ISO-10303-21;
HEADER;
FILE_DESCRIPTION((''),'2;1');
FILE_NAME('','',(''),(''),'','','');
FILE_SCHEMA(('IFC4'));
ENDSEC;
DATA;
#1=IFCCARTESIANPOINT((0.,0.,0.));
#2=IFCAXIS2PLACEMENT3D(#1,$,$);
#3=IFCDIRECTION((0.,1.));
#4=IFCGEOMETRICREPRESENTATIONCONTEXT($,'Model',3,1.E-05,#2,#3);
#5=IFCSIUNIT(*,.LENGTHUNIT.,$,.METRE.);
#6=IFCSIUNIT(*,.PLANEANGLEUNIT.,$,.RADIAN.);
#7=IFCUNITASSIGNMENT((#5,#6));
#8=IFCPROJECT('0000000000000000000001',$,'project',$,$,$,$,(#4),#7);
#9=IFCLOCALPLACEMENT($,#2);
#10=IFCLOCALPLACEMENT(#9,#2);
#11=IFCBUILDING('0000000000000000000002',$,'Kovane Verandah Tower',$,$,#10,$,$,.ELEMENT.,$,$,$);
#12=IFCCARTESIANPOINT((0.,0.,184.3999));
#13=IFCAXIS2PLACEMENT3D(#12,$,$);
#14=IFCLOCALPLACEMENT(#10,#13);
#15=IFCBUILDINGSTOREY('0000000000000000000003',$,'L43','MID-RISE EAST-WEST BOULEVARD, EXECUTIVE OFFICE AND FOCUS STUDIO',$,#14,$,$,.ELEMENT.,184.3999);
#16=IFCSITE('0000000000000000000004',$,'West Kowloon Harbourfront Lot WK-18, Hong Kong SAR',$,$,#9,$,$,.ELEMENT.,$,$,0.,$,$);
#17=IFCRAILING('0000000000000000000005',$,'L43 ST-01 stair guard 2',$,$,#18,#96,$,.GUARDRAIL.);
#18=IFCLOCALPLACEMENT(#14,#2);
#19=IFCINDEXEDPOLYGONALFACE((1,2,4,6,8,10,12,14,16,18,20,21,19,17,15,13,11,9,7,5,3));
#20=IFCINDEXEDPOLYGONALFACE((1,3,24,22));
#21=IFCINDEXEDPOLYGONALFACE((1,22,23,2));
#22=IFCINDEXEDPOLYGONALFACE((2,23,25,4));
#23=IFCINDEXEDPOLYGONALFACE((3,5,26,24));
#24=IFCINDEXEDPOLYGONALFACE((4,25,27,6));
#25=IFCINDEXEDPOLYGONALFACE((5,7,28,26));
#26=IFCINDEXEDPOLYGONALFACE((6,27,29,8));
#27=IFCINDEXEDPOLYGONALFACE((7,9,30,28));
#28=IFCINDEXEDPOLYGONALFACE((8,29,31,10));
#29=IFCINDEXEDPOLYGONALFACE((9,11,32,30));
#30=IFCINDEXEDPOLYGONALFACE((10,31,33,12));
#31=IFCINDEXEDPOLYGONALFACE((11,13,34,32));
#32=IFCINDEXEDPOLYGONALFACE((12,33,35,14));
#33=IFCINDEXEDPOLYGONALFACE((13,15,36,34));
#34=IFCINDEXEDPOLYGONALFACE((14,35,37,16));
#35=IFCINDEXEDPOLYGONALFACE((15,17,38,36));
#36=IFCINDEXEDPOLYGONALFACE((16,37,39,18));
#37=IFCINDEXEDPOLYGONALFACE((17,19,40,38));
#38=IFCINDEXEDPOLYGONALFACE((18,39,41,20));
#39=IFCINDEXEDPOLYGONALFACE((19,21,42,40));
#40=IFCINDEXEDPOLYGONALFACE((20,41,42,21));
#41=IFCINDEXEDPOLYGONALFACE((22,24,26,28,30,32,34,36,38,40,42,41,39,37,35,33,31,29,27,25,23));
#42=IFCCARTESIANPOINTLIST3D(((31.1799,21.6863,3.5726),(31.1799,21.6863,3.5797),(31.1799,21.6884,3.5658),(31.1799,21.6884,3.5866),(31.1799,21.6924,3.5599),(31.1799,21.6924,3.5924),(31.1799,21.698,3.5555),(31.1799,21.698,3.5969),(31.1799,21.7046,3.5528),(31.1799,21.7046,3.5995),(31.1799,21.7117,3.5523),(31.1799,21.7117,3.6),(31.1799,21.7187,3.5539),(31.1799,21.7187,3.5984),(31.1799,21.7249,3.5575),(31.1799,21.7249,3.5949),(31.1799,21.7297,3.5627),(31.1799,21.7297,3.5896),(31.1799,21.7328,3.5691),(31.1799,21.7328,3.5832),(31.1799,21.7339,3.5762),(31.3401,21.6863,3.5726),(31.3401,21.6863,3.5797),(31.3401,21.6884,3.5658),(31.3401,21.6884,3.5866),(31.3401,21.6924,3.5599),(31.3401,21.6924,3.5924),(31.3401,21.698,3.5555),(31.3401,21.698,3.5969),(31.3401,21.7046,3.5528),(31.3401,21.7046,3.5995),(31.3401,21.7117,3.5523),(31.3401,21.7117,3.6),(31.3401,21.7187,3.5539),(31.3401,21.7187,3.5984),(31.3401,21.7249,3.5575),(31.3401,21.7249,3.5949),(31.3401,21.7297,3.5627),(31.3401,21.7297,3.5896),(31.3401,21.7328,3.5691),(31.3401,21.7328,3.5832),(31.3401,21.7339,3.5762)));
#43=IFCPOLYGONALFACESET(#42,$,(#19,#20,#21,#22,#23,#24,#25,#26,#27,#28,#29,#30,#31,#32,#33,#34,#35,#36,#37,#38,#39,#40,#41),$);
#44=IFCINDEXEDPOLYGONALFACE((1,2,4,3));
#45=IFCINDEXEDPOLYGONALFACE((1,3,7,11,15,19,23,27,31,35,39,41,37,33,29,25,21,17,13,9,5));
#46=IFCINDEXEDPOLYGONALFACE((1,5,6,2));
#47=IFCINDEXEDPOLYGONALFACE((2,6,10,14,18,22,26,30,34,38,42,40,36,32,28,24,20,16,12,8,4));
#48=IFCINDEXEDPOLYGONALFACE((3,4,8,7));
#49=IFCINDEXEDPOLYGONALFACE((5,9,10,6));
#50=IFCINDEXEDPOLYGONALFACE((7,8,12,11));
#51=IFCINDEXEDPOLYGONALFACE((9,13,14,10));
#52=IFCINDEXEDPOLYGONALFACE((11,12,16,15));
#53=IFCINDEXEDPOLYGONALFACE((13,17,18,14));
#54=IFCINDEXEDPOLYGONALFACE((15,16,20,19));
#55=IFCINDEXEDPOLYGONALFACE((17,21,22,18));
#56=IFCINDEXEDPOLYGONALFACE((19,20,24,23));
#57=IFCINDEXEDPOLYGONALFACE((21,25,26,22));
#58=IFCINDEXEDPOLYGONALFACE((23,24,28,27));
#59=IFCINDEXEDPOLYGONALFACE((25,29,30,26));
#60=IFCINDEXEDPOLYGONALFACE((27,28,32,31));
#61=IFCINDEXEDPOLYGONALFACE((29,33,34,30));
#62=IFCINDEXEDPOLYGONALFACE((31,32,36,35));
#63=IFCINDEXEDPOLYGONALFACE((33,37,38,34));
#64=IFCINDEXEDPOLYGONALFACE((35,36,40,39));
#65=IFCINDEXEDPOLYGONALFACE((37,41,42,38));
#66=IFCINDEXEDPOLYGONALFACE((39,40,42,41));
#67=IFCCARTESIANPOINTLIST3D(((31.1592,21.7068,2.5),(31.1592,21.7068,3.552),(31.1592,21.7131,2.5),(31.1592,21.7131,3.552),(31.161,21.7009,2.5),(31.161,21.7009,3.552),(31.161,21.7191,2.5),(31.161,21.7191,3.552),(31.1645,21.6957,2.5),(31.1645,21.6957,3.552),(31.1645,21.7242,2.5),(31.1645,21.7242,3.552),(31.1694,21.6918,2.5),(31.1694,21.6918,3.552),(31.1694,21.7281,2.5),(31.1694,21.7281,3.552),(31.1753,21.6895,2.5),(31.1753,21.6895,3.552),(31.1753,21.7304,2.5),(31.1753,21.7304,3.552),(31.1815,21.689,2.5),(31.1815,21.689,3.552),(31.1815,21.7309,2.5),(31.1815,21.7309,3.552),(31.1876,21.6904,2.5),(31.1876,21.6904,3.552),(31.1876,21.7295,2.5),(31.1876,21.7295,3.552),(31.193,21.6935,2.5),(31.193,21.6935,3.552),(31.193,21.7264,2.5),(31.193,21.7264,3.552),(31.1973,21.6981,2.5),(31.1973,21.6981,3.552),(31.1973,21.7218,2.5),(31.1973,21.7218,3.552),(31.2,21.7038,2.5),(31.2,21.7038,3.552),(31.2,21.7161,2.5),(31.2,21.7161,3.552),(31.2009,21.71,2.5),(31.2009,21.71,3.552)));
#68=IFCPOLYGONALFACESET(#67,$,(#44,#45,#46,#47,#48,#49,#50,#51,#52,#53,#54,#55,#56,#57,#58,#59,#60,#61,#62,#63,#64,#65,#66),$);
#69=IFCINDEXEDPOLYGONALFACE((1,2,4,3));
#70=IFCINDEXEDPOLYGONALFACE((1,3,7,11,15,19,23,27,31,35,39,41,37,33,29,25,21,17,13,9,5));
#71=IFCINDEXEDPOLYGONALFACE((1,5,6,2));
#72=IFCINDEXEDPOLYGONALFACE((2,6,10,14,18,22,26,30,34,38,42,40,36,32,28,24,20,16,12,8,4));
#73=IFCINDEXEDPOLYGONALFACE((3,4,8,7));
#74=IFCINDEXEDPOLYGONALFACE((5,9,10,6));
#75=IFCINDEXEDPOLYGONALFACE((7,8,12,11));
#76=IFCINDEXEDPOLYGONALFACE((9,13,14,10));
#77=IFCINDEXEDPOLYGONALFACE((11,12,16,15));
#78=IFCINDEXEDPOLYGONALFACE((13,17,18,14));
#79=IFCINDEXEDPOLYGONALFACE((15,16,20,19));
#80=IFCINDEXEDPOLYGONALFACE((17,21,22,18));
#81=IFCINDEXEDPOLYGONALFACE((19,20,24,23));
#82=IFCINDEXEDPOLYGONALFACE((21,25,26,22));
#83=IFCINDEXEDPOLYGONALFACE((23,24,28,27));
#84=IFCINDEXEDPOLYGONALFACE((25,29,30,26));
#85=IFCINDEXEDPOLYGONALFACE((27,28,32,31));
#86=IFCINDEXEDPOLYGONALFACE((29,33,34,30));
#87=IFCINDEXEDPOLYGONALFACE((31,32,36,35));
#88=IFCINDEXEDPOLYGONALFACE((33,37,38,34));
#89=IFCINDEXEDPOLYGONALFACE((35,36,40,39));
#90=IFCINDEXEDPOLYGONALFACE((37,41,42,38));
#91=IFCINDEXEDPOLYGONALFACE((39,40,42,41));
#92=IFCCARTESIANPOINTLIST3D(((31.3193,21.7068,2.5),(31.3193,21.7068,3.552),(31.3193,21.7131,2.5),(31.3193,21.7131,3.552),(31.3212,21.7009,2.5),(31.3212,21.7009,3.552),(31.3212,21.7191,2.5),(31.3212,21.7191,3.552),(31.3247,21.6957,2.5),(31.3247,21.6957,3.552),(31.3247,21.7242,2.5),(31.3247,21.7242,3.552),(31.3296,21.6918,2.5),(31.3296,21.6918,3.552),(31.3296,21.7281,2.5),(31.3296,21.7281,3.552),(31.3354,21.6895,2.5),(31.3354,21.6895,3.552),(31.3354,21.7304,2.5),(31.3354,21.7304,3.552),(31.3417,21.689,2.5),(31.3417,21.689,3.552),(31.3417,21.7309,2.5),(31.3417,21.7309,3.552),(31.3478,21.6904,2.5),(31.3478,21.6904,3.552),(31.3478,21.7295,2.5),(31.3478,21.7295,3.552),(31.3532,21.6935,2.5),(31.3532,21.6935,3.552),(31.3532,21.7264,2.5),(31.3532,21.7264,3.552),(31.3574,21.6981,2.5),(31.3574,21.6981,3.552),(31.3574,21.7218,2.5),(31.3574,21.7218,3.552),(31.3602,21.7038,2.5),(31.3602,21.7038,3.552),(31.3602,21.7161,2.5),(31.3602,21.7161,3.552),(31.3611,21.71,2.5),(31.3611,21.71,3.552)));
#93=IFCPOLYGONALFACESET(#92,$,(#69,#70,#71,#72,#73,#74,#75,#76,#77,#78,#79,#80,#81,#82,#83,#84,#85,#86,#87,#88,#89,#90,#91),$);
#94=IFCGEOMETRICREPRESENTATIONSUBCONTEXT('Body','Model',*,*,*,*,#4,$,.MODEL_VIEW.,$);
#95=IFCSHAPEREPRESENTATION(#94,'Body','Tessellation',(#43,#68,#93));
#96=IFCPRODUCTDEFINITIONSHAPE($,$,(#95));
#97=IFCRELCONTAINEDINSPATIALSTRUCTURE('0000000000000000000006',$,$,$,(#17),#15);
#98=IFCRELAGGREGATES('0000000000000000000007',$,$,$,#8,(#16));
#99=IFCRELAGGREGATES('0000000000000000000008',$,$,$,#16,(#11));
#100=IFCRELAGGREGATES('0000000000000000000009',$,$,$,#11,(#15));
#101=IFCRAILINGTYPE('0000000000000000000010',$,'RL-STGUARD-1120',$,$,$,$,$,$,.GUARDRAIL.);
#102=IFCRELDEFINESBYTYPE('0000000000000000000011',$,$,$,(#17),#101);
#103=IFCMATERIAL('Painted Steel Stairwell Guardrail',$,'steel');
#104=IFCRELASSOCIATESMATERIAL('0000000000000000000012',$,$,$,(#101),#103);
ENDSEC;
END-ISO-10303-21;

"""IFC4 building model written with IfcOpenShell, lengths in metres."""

from ifc_helpers import new_model, si_unit, direction, frame, origin, origin_2d, place, context, subcontext, project, spatial, circle, extrude, material, type_object, element, save


model = new_model("IFC4")

# Units and contexts
model_context = context("Model", 3, precision=1e-05, world=origin(), true_north=direction((0.0, 1.0)))
body_context = subcontext(model_context, "Body", "Model", "MODEL_VIEW")
ifc_project = project(units=[si_unit("LENGTHUNIT", "METRE"), si_unit("PLANEANGLEUNIT", "RADIAN")], contexts=[model_context])

# Site, building, storey
site_placement = place(None, origin())
site = spatial("IfcSite", under=ifc_project, at=site_placement, Name="West Kowloon Harbourfront Lot WK-18, Hong Kong SAR", CompositionType="ELEMENT", RefElevation=0.0)
building_placement = place(site_placement, origin())
building = spatial("IfcBuilding", under=site, at=building_placement, Name="Kovane Verandah Tower", CompositionType="ELEMENT")
storey_placement = place(building_placement, frame((0.0, 0.0, 184.3999)))
storey = spatial("IfcBuildingStorey", under=building, at=storey_placement, Name="L43", Description="MID-RISE EAST-WEST BOULEVARD, EXECUTIVE OFFICE AND FOCUS STUDIO", CompositionType="ELEMENT", Elevation=184.3999)

# Railing
ifc_material_1 = material(Name="Painted Steel Stairwell Guardrail", Category="steel")
railing_type_1 = type_object("IfcRailingType", Name="RL-STGUARD-1120", PredefinedType="GUARDRAIL", material=ifc_material_1)
railing_1_placement = place(storey_placement, frame((31.1799, 21.71, 2.5)))
element("IfcRailing", 1, at=railing_1_placement, inside=storey, type_object=railing_type_1, Name="L43 ST-01 stair guard 2", PredefinedType="GUARDRAIL", context=body_context, shape_type="SweptSolid", body=[
    extrude(circle(Radius=0.0239, at=origin_2d()), frame((0.0, 0.0, 1.0762), z_axis=(1.0, 0.0, 0.0), x_axis=(0.0, 1.0, 0.0)), (0.0, 0.0, 1.0), 0.1602),
    extrude(circle(Radius=0.021, at=origin_2d()), origin(), (0.0, 0.0, 1.0), 1.052),
    extrude(circle(Radius=0.021, at=origin_2d()), frame((0.1602, 0.0, 0.0)), (0.0, 0.0, 1.0), 1.052),
])

save(model, "model.ifc")
